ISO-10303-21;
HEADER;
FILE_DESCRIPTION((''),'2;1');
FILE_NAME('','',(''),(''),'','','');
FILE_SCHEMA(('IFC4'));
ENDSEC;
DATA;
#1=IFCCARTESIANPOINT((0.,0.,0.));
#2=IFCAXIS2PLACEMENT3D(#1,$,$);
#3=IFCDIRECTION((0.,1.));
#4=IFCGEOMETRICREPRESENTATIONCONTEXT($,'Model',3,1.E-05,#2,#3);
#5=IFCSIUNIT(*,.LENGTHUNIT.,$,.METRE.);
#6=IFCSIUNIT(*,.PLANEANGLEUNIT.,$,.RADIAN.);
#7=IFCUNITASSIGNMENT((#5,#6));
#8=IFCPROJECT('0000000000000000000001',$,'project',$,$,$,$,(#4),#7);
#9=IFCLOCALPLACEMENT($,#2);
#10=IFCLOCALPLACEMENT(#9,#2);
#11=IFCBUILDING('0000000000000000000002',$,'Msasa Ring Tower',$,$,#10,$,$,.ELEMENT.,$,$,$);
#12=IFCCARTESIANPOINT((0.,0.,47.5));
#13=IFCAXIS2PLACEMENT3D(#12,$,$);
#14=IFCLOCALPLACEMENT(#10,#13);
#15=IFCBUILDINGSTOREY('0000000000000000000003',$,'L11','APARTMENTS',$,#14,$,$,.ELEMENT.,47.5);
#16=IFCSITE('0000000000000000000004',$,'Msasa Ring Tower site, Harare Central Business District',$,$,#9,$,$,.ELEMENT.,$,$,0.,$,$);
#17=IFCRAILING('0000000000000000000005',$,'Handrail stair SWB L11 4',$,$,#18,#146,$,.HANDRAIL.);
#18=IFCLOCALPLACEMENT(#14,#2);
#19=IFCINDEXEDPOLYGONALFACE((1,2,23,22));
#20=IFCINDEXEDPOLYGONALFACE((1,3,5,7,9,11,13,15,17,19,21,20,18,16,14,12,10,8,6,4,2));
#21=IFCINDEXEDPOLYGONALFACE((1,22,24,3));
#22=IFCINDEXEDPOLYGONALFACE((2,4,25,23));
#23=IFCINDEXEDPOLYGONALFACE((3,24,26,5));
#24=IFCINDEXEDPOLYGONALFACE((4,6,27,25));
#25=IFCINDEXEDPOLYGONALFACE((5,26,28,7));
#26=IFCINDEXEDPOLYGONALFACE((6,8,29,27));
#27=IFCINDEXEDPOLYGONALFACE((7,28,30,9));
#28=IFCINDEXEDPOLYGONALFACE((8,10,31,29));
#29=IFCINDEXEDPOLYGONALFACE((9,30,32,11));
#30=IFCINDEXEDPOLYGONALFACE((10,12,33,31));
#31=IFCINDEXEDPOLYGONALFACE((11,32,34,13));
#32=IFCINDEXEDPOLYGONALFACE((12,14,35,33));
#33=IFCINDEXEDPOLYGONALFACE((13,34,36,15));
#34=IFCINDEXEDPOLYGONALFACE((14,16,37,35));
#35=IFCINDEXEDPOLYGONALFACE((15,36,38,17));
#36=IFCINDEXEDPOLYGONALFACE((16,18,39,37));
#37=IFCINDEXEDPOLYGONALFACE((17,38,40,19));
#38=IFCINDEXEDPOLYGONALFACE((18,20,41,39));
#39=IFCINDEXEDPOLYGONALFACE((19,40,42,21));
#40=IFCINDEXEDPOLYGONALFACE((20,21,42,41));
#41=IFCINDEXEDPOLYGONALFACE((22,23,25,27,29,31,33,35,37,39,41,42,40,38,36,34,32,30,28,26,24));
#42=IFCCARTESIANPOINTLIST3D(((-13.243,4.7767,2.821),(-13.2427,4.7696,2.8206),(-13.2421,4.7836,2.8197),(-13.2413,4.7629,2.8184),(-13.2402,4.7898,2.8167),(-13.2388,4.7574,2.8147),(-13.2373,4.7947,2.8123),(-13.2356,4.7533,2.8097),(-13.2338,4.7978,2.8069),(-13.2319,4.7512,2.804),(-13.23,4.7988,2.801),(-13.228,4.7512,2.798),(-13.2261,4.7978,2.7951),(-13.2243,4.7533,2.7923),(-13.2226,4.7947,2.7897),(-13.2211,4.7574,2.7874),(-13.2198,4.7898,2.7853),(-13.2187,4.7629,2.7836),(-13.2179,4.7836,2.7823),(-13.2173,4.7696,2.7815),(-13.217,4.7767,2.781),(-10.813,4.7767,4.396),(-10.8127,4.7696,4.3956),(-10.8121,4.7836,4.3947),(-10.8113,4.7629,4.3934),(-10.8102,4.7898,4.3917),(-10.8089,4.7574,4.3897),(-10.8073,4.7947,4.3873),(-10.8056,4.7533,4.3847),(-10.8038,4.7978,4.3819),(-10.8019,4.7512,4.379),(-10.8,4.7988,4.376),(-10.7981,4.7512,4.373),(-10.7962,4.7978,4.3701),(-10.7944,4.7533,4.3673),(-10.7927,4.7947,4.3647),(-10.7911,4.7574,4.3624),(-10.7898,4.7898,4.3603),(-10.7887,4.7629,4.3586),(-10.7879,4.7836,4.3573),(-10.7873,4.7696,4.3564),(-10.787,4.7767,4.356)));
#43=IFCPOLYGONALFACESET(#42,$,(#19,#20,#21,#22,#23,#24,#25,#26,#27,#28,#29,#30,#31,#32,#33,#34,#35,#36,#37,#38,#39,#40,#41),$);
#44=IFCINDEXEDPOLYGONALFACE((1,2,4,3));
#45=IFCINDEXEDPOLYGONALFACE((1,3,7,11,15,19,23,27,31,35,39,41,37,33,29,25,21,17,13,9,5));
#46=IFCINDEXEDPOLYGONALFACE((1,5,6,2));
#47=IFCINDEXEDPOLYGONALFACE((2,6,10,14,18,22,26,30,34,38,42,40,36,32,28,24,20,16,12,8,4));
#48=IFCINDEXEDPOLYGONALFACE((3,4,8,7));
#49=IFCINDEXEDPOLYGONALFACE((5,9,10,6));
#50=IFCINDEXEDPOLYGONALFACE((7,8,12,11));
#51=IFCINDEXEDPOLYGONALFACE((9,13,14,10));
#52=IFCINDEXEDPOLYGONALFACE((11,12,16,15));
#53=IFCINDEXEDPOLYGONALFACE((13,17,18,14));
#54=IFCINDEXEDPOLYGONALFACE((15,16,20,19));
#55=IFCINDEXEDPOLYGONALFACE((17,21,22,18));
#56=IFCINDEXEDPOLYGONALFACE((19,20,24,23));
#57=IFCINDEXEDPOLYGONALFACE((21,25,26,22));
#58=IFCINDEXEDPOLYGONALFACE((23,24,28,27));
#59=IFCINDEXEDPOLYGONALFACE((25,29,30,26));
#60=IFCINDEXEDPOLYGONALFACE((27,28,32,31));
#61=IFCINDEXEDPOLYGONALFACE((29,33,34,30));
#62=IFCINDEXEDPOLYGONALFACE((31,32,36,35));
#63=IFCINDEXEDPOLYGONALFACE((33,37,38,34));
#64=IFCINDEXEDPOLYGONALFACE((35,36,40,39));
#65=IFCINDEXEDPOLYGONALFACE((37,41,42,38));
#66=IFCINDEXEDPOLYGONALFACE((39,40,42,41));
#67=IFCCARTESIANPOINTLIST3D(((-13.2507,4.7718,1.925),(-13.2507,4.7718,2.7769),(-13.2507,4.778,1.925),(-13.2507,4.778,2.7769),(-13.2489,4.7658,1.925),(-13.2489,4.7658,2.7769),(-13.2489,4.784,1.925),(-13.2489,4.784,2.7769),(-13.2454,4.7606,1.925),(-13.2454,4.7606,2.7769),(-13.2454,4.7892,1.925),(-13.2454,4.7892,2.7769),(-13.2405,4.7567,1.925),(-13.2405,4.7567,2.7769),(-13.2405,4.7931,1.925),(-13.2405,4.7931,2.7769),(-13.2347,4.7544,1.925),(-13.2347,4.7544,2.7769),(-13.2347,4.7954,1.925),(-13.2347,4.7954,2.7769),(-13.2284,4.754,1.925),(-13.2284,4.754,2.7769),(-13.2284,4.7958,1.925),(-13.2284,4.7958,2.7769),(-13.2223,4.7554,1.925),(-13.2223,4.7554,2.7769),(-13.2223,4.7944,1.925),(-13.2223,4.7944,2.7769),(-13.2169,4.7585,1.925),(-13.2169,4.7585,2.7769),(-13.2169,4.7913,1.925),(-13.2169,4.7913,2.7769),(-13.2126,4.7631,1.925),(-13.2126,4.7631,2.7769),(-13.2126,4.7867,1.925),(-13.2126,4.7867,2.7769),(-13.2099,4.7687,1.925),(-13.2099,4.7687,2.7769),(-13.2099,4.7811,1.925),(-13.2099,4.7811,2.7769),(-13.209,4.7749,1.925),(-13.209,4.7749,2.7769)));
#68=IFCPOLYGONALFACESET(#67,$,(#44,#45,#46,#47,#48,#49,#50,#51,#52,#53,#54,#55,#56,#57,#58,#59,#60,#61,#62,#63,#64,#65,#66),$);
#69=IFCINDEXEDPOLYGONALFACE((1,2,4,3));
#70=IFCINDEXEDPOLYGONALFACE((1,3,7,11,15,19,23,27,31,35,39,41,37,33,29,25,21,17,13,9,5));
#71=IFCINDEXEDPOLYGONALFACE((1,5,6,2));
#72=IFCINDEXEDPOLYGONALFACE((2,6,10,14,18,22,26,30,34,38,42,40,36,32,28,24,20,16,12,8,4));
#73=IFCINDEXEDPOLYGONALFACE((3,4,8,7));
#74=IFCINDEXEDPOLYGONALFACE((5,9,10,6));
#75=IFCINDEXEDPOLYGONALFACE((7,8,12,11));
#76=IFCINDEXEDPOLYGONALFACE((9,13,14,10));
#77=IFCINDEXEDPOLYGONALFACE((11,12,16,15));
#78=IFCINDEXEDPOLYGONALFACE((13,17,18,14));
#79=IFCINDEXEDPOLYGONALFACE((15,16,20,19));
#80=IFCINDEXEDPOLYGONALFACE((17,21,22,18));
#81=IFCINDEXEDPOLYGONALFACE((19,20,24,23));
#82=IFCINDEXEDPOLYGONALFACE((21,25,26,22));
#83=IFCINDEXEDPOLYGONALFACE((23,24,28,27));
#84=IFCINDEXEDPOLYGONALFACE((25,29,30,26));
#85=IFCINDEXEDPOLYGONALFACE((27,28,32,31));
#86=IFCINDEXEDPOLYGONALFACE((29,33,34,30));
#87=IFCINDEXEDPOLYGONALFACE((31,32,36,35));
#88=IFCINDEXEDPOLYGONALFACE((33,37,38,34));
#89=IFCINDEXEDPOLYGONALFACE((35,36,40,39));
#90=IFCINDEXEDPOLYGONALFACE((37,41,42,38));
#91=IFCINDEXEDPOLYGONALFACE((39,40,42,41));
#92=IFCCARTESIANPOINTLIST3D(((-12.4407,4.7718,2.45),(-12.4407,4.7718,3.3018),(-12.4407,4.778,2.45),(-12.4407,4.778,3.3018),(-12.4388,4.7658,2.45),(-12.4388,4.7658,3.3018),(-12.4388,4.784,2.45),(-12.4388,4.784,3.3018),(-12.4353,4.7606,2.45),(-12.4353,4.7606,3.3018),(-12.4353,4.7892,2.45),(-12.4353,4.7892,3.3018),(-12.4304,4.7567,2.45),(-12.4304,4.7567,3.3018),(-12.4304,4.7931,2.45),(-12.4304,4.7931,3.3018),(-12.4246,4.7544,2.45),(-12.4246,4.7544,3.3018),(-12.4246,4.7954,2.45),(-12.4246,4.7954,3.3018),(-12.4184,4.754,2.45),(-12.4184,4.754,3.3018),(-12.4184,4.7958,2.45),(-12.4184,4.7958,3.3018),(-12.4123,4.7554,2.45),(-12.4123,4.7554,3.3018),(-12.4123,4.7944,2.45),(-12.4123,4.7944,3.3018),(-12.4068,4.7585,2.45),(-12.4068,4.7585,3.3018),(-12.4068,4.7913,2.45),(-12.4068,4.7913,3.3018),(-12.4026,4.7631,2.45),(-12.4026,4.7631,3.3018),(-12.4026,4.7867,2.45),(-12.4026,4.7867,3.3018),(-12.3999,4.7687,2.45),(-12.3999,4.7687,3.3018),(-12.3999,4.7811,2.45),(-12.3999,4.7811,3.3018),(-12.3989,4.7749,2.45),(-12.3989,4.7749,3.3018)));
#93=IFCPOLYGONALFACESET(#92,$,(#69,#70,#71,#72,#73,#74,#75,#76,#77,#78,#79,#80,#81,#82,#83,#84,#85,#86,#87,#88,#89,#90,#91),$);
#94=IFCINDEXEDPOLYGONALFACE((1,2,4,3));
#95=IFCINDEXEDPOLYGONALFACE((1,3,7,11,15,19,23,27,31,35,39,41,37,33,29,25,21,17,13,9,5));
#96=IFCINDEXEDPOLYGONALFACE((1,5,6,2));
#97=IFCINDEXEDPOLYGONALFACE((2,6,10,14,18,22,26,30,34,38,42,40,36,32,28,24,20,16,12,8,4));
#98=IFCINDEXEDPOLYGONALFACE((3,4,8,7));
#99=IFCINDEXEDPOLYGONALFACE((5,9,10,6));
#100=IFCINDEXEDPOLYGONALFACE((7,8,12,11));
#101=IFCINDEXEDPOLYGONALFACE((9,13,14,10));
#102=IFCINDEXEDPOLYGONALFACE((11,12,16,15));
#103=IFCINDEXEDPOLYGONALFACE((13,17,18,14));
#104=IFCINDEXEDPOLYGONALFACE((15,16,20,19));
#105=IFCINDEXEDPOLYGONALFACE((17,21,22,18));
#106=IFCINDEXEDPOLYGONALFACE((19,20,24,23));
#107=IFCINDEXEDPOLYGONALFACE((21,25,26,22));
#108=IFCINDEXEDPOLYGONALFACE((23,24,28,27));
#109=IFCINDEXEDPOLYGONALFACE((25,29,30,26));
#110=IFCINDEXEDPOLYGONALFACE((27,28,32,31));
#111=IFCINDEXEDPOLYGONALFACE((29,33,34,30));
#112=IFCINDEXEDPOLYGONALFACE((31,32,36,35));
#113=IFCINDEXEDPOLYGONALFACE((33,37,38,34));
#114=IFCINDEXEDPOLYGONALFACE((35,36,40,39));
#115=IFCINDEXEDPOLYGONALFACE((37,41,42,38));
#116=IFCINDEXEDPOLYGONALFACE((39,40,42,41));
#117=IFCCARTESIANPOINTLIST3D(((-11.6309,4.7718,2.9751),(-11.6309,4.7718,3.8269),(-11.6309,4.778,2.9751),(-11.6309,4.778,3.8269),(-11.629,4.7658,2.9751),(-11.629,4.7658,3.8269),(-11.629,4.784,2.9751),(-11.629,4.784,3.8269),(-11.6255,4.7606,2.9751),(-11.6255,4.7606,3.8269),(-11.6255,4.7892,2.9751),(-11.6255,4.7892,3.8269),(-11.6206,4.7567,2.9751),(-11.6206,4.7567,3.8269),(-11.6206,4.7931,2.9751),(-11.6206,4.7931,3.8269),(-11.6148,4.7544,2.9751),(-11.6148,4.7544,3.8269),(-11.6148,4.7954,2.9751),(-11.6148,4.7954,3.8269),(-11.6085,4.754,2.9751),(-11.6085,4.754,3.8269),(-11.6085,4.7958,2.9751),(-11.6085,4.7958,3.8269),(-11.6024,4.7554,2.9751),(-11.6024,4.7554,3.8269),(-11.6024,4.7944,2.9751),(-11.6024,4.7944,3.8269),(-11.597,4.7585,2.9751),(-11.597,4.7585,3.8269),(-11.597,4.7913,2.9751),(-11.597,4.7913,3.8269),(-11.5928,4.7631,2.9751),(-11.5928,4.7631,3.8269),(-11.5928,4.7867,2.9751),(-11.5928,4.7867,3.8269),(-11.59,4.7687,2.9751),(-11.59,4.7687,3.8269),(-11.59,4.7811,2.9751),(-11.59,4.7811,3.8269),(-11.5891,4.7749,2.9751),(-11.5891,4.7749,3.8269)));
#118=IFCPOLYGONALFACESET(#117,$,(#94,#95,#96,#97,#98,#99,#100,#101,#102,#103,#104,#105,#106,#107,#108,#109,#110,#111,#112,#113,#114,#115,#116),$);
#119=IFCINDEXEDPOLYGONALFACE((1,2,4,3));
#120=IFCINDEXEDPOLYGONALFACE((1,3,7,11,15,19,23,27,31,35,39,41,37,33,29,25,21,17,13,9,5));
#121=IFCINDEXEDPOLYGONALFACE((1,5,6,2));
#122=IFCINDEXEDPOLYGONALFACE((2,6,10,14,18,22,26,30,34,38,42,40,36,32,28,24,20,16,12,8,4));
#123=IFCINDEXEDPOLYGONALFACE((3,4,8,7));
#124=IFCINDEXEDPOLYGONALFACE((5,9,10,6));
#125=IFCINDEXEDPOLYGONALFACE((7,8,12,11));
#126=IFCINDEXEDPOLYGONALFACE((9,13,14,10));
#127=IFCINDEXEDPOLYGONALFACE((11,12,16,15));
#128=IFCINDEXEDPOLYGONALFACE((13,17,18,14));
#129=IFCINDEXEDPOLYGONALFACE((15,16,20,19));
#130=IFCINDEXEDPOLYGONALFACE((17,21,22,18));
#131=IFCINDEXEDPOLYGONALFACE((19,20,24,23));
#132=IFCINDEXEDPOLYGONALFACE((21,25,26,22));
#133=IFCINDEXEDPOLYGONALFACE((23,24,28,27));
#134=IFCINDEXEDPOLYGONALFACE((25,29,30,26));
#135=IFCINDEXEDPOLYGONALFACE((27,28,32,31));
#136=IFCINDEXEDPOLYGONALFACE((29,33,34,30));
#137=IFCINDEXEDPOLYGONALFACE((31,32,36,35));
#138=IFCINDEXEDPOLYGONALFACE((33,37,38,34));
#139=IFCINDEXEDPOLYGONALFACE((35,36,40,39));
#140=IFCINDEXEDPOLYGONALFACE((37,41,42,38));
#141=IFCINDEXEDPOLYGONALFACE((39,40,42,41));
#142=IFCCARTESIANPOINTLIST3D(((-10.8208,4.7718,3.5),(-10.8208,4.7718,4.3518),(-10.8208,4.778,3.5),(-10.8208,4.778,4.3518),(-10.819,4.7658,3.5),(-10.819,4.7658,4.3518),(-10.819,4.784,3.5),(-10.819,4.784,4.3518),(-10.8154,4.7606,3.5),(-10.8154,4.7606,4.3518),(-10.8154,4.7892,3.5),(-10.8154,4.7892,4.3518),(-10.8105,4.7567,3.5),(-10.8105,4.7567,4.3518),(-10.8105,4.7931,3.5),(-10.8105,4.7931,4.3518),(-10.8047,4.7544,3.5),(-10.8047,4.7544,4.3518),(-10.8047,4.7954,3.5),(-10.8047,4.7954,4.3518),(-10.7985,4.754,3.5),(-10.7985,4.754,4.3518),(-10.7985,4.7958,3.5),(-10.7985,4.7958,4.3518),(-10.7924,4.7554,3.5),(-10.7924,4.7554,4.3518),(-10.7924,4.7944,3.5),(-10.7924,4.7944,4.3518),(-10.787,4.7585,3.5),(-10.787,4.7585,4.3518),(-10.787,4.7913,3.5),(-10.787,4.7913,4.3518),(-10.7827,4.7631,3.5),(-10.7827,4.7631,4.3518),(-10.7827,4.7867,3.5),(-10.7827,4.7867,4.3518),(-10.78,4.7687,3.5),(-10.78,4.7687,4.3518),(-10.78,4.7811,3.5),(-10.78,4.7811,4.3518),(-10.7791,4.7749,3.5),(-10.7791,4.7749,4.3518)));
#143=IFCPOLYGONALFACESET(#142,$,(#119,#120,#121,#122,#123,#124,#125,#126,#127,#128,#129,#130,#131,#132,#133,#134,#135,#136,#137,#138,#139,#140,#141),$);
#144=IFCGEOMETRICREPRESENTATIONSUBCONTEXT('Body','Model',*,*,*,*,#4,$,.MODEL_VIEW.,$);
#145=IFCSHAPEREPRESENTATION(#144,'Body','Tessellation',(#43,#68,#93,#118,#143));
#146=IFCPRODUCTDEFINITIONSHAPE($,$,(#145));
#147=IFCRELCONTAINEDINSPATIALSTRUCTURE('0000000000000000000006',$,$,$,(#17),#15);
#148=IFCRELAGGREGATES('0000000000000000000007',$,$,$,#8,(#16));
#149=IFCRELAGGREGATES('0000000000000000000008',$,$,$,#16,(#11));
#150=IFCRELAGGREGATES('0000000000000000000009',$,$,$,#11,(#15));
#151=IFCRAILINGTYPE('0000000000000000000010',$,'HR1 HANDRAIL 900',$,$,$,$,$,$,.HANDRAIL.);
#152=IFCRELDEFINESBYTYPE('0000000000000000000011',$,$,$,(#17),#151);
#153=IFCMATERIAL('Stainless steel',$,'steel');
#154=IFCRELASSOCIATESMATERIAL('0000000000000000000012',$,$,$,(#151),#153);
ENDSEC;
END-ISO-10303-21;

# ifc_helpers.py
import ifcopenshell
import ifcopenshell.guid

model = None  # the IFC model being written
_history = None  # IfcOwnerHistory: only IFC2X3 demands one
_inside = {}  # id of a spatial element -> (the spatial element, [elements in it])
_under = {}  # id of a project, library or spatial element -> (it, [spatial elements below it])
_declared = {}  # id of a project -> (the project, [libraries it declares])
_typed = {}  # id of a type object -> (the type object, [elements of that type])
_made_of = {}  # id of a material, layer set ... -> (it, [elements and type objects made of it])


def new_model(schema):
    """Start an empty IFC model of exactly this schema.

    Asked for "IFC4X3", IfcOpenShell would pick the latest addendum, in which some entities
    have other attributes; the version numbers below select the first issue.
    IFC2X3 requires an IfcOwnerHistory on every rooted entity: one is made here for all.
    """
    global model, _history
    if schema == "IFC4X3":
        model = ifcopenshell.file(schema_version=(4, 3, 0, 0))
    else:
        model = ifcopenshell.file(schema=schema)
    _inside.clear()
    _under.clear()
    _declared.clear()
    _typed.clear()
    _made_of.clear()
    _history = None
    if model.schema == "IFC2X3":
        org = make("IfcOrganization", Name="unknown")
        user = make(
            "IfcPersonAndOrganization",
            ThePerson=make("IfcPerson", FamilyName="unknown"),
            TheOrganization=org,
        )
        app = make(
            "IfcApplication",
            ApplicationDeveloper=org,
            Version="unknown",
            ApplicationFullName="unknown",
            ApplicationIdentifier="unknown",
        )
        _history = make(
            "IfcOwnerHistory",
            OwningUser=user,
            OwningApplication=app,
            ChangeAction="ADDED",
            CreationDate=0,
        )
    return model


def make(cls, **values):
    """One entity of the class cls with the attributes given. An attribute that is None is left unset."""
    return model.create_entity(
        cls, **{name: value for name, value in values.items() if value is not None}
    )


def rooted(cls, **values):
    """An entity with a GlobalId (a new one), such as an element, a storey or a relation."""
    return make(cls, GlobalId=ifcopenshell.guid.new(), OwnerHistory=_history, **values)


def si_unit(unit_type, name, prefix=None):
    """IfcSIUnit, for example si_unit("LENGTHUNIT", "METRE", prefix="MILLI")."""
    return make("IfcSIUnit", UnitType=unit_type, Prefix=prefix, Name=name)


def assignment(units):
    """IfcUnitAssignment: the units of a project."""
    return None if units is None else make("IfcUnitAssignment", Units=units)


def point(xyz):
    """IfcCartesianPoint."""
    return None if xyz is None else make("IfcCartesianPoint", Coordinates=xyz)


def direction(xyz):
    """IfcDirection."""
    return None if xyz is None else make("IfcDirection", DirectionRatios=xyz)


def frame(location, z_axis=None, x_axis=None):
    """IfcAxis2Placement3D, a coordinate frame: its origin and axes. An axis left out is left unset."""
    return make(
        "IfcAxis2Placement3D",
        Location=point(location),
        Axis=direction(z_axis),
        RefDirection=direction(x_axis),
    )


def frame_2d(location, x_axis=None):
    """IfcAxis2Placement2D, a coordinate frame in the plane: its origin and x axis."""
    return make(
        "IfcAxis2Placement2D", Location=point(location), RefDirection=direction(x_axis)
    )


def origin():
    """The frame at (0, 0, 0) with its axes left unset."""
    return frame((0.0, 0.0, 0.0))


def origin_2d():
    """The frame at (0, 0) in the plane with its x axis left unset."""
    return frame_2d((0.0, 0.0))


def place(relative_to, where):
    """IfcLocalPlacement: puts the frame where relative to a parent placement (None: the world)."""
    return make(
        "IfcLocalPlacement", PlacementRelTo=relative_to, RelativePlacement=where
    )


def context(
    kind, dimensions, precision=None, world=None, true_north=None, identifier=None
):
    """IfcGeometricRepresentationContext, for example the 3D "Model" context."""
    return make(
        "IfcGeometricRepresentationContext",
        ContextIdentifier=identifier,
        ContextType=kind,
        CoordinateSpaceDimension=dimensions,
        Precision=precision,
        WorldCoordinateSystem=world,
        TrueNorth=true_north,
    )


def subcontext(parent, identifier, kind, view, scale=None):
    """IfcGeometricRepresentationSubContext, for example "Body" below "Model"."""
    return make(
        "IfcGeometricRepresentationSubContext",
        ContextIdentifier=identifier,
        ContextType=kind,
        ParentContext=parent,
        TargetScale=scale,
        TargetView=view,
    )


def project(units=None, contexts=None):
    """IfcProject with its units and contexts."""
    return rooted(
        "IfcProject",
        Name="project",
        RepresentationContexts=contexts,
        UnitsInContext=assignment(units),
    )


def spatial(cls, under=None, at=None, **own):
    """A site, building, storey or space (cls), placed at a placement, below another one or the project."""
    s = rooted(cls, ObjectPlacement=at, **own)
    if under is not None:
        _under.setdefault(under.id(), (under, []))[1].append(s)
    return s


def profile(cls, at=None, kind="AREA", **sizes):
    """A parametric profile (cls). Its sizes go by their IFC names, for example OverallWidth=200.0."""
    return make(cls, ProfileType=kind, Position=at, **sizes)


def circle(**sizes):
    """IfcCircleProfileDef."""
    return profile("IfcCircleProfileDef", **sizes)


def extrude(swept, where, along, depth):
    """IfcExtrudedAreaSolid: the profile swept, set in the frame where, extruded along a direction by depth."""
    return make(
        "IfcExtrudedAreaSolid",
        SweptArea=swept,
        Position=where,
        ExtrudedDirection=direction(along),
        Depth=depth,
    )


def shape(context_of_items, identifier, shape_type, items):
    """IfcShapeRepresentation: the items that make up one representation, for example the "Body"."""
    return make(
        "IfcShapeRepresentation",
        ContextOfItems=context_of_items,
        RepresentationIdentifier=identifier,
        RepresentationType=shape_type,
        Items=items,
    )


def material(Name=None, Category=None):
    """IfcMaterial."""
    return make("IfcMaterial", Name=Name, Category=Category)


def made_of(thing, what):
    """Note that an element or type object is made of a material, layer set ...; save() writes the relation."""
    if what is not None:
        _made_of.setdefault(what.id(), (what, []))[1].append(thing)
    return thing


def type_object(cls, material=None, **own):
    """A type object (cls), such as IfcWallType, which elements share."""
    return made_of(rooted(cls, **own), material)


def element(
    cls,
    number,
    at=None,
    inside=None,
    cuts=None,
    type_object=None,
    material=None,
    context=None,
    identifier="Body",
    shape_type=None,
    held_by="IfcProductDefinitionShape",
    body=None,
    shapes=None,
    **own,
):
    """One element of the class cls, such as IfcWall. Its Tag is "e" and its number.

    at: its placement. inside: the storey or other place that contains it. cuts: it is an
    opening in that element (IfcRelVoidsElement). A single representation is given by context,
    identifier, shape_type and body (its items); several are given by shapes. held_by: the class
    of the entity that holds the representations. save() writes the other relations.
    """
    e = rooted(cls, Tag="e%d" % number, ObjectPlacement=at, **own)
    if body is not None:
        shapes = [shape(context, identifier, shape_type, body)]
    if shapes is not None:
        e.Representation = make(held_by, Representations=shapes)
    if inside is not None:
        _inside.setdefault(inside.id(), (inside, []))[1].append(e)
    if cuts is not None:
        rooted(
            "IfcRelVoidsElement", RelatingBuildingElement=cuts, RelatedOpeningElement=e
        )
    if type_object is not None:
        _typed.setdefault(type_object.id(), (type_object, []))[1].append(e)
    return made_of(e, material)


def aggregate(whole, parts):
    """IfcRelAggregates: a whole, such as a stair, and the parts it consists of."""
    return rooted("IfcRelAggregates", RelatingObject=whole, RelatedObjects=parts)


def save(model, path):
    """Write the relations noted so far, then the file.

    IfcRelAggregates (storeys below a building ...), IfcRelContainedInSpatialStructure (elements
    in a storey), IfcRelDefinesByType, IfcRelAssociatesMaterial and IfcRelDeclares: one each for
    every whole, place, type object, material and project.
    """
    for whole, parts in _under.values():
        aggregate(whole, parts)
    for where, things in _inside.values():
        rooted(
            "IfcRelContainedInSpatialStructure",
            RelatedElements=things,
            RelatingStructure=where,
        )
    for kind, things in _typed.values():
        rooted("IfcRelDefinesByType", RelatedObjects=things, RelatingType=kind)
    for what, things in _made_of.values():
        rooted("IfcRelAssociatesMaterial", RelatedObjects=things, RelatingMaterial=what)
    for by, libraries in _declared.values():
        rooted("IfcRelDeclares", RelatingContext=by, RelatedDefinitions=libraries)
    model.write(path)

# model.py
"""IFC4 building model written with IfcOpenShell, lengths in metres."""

from ifc_helpers import new_model, si_unit, direction, frame, origin, origin_2d, place, context, subcontext, project, spatial, circle, extrude, material, type_object, element, save


model = new_model("IFC4")

# Units and contexts
model_context = context("Model", 3, precision=1e-05, world=origin(), true_north=direction((0.0, 1.0)))
body_context = subcontext(model_context, "Body", "Model", "MODEL_VIEW")
ifc_project = project(units=[si_unit("LENGTHUNIT", "METRE"), si_unit("PLANEANGLEUNIT", "RADIAN")], contexts=[model_context])

# Site, building, storey
site_placement = place(None, origin())
site = spatial("IfcSite", under=ifc_project, at=site_placement, Name="Msasa Ring Tower site, Harare Central Business District", CompositionType="ELEMENT", RefElevation=0.0)
building_placement = place(site_placement, origin())
building = spatial("IfcBuilding", under=site, at=building_placement, Name="Msasa Ring Tower", CompositionType="ELEMENT")
storey_placement = place(building_placement, frame((0.0, 0.0, 47.5)))
storey = spatial("IfcBuildingStorey", under=building, at=storey_placement, Name="L11", Description="APARTMENTS", CompositionType="ELEMENT", Elevation=47.5)

# Railing
ifc_material_1 = material(Name="Stainless steel", Category="steel")
railing_type = type_object("IfcRailingType", Name="HR1 HANDRAIL 900", PredefinedType="HANDRAIL", material=ifc_material_1)
for number, where, name in (
    (1, (-13.23, 4.7749, 1.925), "Handrail stair SWB L11 4"),
):
    element("IfcRailing", number, at=place(storey_placement, frame(where)), inside=storey, type_object=railing_type, Name=name, PredefinedType="HANDRAIL", context=body_context, shape_type="SweptSolid", body=[
        extrude(circle(Radius=0.0239, at=origin_2d()), frame((0.0, 0.0, 0.876), z_axis=(0.839154, 0.0, 0.543894), x_axis=(0.0, 1.0, 0.0)), (0.0, 0.0, 1.0), 2.8958),
        extrude(circle(Radius=0.021, at=origin_2d()), origin(), (0.0, 0.0, 1.0), 0.8518),
        extrude(circle(Radius=0.021, at=origin_2d()), frame((0.8101, 0.0, 0.5249)), (0.0, 0.0, 1.0), 0.8518),
        extrude(circle(Radius=0.021, at=origin_2d()), frame((1.6199, 0.0, 1.05)), (0.0, 0.0, 1.0), 0.8518),
        extrude(circle(Radius=0.021, at=origin_2d()), frame((2.4299, 0.0, 1.575)), (0.0, 0.0, 1.0), 0.8518),
    ])

save(model, "model.ifc")
